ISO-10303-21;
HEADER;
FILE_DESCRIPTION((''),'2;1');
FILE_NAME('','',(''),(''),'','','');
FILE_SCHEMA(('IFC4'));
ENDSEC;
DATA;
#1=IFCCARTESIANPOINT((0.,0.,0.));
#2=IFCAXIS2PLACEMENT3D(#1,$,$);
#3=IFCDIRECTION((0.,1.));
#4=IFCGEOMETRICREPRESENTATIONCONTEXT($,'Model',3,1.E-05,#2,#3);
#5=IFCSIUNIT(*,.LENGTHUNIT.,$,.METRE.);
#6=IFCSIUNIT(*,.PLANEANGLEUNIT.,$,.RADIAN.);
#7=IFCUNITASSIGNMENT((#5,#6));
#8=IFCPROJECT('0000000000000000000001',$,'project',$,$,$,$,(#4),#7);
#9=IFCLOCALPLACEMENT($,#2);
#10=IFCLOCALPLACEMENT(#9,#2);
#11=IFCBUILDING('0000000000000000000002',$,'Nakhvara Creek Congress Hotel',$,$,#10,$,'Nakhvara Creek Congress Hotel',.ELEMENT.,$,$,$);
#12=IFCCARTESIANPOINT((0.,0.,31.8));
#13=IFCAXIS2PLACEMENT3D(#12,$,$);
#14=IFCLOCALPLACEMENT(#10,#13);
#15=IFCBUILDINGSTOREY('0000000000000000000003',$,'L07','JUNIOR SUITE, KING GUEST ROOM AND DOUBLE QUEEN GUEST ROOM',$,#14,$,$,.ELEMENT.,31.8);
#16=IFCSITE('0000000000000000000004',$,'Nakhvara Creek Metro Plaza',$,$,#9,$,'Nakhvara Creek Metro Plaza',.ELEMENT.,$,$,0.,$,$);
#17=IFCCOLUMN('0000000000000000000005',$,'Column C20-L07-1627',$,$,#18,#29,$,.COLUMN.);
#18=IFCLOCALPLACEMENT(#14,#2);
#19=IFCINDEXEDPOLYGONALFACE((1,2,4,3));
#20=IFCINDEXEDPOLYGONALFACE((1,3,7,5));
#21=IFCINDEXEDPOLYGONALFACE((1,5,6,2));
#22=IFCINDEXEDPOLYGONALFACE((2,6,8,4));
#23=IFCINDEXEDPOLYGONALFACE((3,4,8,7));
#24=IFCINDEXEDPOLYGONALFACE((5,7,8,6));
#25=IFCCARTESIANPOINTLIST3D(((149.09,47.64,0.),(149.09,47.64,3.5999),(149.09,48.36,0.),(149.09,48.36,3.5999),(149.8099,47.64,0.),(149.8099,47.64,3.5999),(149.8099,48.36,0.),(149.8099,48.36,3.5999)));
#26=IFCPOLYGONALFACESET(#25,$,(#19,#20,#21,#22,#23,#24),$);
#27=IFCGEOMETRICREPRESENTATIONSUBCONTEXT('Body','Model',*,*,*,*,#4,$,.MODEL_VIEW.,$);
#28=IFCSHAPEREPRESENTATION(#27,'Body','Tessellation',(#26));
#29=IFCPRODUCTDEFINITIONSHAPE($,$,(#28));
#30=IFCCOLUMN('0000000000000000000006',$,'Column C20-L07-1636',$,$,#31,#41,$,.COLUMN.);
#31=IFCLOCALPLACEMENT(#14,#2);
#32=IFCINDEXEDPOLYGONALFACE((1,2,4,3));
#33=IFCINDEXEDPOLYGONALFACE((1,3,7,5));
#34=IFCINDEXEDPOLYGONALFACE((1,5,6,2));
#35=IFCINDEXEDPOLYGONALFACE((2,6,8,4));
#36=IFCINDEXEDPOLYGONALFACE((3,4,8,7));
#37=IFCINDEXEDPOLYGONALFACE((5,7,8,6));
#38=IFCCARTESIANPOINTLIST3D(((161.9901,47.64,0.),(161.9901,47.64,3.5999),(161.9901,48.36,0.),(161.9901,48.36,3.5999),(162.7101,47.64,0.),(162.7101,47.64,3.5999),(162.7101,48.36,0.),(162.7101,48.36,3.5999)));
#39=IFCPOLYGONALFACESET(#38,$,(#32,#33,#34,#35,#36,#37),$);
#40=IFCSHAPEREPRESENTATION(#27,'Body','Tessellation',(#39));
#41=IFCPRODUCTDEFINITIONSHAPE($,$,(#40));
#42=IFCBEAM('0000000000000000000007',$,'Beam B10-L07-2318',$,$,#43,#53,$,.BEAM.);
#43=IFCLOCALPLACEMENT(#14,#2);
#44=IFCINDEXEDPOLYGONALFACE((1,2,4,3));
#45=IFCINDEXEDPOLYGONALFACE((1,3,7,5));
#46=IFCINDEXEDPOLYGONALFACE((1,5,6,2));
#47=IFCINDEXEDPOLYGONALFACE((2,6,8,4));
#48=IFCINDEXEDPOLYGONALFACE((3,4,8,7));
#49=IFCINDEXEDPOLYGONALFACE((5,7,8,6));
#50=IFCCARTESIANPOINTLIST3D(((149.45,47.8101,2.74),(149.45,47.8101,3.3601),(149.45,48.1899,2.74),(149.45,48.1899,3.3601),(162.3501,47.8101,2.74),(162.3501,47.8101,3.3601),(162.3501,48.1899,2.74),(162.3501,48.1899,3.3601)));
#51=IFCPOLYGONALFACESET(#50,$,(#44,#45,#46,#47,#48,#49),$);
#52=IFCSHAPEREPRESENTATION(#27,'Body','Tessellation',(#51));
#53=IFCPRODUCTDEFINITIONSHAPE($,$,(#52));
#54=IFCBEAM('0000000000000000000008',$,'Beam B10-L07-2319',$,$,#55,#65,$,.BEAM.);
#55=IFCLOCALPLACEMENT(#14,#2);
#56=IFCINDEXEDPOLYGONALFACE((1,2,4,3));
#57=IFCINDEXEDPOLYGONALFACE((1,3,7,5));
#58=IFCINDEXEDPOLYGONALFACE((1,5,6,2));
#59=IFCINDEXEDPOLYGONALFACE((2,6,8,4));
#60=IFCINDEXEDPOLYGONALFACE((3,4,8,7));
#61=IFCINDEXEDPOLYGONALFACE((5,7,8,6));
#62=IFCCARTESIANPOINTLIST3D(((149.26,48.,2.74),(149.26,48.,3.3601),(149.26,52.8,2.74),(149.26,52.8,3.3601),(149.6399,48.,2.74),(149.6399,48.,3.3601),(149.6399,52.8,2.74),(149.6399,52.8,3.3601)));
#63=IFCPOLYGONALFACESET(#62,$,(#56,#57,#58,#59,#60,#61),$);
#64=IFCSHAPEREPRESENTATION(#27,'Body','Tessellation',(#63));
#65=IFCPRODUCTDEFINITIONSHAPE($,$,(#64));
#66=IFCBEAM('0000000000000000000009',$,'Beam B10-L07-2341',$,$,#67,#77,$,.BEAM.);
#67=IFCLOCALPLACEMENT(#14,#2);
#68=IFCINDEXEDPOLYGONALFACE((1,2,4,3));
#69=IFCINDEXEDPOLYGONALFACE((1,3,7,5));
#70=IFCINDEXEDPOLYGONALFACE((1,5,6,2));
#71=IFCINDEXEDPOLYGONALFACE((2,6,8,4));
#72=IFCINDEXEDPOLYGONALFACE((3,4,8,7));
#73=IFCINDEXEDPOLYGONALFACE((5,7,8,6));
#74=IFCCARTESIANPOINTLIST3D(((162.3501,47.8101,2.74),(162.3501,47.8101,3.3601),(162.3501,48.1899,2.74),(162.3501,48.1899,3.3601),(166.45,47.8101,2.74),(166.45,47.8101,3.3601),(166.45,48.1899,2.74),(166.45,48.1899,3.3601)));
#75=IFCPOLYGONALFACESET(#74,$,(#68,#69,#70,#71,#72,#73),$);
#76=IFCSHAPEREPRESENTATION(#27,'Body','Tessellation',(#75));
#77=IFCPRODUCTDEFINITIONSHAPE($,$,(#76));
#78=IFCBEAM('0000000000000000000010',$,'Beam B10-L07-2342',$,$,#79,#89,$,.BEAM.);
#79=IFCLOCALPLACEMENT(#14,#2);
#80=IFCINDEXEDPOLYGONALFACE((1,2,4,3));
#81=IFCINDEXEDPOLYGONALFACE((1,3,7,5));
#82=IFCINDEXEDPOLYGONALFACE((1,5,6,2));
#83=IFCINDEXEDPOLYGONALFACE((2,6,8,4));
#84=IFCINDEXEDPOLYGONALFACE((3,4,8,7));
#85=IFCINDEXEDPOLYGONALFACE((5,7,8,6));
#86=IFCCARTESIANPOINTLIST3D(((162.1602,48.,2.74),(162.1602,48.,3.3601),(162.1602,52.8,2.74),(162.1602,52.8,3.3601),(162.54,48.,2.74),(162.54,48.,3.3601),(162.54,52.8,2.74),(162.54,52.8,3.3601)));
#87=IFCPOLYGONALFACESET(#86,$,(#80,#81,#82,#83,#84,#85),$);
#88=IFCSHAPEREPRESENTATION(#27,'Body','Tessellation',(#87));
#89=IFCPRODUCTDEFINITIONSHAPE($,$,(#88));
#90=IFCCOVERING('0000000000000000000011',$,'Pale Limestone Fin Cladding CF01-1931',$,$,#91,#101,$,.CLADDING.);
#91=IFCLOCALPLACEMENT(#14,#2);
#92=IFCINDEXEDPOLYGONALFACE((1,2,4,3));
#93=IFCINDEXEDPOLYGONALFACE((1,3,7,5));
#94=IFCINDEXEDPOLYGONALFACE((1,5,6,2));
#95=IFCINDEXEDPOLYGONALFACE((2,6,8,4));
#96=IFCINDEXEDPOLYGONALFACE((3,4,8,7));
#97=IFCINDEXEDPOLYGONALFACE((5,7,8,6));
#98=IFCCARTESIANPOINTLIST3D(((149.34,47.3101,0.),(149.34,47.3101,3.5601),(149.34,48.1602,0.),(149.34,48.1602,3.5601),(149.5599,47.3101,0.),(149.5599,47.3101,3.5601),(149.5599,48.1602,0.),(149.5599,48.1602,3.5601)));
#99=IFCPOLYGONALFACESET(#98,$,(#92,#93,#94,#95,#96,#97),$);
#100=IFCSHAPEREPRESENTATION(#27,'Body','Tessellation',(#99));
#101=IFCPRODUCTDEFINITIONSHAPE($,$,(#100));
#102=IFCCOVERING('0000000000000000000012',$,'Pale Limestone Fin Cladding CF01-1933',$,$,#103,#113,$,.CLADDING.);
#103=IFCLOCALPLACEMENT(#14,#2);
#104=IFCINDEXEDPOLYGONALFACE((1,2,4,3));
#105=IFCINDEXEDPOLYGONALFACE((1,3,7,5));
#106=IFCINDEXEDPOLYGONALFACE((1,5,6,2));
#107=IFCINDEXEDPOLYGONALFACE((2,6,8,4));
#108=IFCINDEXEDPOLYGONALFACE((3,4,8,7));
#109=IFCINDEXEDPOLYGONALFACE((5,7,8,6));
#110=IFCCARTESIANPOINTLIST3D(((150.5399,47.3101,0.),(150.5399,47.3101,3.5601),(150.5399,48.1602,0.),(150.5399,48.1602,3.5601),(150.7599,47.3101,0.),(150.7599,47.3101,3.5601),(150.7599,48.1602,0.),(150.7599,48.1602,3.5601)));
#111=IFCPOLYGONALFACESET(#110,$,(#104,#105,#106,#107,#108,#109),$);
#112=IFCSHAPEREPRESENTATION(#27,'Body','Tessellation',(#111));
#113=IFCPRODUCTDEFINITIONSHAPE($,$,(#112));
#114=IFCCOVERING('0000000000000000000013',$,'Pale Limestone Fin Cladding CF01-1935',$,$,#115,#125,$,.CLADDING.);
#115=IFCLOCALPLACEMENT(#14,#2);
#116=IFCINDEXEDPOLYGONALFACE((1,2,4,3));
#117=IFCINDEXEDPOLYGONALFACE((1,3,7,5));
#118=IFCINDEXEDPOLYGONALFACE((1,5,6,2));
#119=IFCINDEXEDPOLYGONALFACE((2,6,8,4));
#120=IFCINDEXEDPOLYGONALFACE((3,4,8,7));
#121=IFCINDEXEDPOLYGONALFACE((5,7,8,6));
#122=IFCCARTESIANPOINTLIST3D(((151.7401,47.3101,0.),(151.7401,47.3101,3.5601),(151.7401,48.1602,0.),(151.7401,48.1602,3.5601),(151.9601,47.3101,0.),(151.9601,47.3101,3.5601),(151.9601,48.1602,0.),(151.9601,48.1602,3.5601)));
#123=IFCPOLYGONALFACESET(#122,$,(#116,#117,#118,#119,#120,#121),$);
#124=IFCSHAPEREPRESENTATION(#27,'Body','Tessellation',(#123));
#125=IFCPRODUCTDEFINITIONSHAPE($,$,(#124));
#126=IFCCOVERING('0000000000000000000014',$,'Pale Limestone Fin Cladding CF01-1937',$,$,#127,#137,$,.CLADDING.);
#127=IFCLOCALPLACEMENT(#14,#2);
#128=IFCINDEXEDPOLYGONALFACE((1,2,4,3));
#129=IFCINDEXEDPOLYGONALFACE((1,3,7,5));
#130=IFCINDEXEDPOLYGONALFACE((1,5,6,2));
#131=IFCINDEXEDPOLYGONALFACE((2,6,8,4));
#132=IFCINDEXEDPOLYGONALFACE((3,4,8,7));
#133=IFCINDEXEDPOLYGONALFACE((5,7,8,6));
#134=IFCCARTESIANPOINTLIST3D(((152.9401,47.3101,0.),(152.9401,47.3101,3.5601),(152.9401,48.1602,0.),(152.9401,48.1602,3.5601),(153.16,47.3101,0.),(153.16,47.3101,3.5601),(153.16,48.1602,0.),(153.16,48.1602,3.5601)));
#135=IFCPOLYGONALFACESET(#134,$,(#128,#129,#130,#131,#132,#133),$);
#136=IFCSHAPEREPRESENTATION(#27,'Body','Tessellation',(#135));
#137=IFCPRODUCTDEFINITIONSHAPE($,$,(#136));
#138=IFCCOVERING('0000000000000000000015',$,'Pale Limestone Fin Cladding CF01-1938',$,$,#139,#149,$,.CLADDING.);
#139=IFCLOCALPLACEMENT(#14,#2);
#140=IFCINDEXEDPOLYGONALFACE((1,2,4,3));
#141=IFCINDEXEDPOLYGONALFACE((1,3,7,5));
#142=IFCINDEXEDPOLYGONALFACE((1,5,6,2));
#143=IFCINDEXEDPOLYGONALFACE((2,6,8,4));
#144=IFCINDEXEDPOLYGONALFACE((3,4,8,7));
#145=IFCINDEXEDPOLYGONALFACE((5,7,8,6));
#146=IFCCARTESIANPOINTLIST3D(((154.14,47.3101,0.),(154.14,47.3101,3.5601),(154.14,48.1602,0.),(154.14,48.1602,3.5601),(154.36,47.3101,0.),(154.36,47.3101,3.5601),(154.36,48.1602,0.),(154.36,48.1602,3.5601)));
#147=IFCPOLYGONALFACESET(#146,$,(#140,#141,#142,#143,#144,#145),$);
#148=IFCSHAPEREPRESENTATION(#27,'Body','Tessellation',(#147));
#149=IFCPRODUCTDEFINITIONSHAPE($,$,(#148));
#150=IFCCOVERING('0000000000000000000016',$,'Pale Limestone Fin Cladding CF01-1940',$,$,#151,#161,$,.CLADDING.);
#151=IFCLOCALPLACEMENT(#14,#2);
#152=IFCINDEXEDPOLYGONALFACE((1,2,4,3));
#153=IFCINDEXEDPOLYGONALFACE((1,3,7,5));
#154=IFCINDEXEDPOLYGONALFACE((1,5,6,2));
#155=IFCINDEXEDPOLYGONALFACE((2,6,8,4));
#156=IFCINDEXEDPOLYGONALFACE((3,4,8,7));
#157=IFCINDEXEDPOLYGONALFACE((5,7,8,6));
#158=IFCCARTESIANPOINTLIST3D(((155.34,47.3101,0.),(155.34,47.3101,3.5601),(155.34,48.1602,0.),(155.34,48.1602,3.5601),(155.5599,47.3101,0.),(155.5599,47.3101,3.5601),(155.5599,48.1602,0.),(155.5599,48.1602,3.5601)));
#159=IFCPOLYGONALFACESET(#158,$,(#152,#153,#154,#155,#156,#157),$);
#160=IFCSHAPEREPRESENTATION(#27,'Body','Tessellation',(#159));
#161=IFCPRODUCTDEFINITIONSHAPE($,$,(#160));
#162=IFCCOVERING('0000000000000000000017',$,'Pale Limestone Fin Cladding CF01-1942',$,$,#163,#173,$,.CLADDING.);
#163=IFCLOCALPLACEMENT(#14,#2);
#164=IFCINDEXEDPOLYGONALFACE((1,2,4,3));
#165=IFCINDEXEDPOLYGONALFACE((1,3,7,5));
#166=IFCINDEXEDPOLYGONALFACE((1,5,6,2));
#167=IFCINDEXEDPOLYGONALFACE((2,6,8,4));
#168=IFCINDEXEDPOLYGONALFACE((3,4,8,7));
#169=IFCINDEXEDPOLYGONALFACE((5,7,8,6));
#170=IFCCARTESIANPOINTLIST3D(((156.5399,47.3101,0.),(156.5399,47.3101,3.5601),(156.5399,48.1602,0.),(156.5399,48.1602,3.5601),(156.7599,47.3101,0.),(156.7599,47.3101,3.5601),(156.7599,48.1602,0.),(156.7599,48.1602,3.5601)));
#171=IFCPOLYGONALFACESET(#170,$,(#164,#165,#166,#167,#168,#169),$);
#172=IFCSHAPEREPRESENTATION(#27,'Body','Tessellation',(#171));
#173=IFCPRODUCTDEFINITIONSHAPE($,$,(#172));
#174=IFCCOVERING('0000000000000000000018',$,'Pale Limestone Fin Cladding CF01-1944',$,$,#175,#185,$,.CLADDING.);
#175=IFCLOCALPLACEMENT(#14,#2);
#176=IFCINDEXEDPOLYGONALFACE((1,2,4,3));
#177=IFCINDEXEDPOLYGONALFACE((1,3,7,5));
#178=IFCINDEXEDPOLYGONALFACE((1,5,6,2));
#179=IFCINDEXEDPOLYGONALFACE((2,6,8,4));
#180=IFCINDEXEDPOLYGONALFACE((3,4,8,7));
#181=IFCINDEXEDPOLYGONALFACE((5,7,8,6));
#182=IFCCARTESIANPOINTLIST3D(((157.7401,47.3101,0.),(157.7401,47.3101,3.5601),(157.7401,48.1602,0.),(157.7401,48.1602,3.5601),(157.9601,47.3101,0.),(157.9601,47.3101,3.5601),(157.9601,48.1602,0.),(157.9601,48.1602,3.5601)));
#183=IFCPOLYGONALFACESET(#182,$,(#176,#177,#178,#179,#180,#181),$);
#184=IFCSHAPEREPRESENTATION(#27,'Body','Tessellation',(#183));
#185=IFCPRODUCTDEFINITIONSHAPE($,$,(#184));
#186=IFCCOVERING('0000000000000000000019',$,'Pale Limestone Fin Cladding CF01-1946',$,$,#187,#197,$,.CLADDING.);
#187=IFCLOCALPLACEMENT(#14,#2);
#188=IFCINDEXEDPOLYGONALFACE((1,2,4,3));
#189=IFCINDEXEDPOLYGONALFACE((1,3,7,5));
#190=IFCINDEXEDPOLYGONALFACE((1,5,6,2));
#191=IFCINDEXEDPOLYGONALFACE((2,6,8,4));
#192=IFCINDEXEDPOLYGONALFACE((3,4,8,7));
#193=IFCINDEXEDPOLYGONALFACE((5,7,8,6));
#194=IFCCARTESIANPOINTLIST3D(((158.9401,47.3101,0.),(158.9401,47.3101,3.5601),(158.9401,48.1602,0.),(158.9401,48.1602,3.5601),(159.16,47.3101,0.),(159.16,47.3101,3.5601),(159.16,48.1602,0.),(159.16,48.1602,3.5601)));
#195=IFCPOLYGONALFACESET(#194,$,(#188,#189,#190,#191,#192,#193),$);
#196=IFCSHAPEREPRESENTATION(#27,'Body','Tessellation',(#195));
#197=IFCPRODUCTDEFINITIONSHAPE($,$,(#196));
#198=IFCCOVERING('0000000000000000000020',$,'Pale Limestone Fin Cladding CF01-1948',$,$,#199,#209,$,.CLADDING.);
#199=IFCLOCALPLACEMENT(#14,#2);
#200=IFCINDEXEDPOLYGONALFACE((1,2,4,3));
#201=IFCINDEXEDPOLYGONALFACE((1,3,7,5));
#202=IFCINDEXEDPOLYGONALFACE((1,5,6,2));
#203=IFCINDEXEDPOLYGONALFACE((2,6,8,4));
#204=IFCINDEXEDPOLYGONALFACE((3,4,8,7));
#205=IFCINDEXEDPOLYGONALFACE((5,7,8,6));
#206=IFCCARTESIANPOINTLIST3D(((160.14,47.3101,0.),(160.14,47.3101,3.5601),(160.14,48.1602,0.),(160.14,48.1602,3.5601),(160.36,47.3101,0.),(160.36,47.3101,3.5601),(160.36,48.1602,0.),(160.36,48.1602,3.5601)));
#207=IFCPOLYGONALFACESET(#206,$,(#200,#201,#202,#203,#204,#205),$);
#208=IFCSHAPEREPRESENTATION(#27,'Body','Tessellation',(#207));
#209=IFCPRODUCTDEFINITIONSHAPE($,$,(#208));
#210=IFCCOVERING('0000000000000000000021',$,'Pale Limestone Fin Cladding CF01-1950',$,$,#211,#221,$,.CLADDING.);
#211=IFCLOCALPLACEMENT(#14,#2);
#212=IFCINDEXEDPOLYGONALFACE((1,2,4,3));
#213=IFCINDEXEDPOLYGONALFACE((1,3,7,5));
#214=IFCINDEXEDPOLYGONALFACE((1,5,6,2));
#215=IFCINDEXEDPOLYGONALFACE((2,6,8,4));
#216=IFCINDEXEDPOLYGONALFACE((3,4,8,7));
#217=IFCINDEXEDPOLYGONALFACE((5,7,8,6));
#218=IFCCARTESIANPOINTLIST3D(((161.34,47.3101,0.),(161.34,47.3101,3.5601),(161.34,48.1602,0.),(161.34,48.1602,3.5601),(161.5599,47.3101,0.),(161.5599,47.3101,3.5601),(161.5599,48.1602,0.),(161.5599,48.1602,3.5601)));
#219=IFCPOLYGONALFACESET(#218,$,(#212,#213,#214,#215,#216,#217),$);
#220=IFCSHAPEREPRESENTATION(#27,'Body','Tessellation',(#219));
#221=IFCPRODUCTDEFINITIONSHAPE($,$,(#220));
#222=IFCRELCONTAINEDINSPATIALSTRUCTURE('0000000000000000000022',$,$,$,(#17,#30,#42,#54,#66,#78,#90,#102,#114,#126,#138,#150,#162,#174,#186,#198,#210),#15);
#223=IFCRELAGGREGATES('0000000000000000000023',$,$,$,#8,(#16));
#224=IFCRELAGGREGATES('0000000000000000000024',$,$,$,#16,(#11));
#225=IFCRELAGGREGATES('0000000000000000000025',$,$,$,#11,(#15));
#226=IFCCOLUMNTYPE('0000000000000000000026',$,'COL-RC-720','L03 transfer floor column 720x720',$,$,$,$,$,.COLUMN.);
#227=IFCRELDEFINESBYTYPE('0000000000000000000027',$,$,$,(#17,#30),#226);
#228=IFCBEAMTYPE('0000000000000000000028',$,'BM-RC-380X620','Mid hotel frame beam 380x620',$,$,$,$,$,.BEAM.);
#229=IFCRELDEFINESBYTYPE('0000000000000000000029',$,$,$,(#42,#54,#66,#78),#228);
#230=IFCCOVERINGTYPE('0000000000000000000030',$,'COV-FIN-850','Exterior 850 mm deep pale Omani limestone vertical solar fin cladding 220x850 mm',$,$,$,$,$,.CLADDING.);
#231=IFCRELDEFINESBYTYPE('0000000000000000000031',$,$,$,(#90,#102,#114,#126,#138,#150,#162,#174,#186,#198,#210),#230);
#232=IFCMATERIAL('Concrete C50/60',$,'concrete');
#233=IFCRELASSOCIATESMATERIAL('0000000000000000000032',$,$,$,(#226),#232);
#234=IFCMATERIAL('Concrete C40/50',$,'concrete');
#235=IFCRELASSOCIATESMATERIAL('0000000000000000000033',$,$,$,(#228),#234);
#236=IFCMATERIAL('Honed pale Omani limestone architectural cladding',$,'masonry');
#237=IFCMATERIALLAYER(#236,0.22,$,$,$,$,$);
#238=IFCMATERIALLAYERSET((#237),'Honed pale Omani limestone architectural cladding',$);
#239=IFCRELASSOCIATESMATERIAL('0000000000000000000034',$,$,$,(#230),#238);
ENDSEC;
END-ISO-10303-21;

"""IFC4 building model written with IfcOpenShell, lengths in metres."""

from ifc_helpers import new_model, si_unit, direction, frame, origin, origin_2d, place, context, subcontext, project, spatial, rectangle, extrude, material, layer, layer_set, material_profile, profile_set, type_object, element, save


model = new_model("IFC4")

# Units and contexts
model_context = context("Model", 3, precision=1e-05, world=origin(), true_north=direction((0.0, 1.0)))
body_context = subcontext(model_context, "Body", "Model", "MODEL_VIEW")
ifc_project = project(units=[si_unit("LENGTHUNIT", "METRE"), si_unit("PLANEANGLEUNIT", "RADIAN")], contexts=[model_context])

# Site, building, storey
site_placement = place(None, origin())
site = spatial("IfcSite", under=ifc_project, at=site_placement, Name="Nakhvara Creek Metro Plaza", LongName="Nakhvara Creek Metro Plaza", CompositionType="ELEMENT", RefElevation=0.0)
building_placement = place(site_placement, origin())
building = spatial("IfcBuilding", under=site, at=building_placement, Name="Nakhvara Creek Congress Hotel", LongName="Nakhvara Creek Congress Hotel", CompositionType="ELEMENT")
storey_placement = place(building_placement, frame((0.0, 0.0, 31.8)))
storey = spatial("IfcBuildingStorey", under=building, at=storey_placement, Name="L07", Description="JUNIOR SUITE, KING GUEST ROOM AND DOUBLE QUEEN GUEST ROOM", CompositionType="ELEMENT", Elevation=31.8)

# Columns
ifc_material_1 = material(Name="Concrete C50/60", Category="concrete")
ifc_material_profile_1 = material_profile(ifc_material_1, rectangle(XDim=0.72, YDim=0.72, at=origin_2d()), Name="RC-COL 720x720", Category="LoadBearing")
ifc_profile_set_1 = profile_set([ifc_material_profile_1], Name="Concrete C50/60")
column_type = type_object("IfcColumnType", Name="COL-RC-720", Description="L03 transfer floor column 720x720", PredefinedType="COLUMN", material=ifc_profile_set_1)
for number, where, z_axis, x_axis, name in (
    (1, (149.45, 48.0, 0.0), (0.0, 0.0, 1.0), (1.0, 0.0, 0.0), "Column C20-L07-1627"),
    (2, (162.3501, 48.0, 0.0), (0.0, 0.0, 1.0), (1.0, 0.0, 0.0), "Column C20-L07-1636"),
):
    element("IfcColumn", number, at=place(storey_placement, frame(where, z_axis=z_axis, x_axis=x_axis)), inside=storey, type_object=column_type, Name=name, PredefinedType="COLUMN", context=body_context, shape_type="SweptSolid", body=[
        extrude(rectangle(XDim=0.72, YDim=0.72, at=origin_2d()), origin(), (0.0, 0.0, 1.0), 3.5999),
    ])

# Beams
ifc_material_2 = material(Name="Concrete C40/50", Category="concrete")
ifc_material_profile_2 = material_profile(ifc_material_2, rectangle(XDim=0.3799, YDim=0.6201, at=origin_2d()), Name="RC-BM 380x620", Category="LoadBearing")
ifc_profile_set_2 = profile_set([ifc_material_profile_2], Name="Concrete C40/50")
beam_type = type_object("IfcBeamType", Name="BM-RC-380X620", Description="Mid hotel frame beam 380x620", PredefinedType="BEAM", material=ifc_profile_set_2)
beam_1_placement = place(storey_placement, frame((149.45, 48.0, 3.05), z_axis=(1.0, 0.0, 0.0), x_axis=(0.0, 1.0, 0.0)))
element("IfcBeam", 3, at=beam_1_placement, inside=storey, type_object=beam_type, Name="Beam B10-L07-2318", PredefinedType="BEAM", context=body_context, shape_type="SweptSolid", body=[
    extrude(rectangle(XDim=0.3799, YDim=0.6201, at=origin_2d()), origin(), (0.0, 0.0, 1.0), 12.9001),
])
beam_2_placement = place(storey_placement, frame((149.45, 48.0, 3.05), z_axis=(0.0, 1.0, 0.0), x_axis=(-1.0, 0.0, 0.0)))
element("IfcBeam", 4, at=beam_2_placement, inside=storey, type_object=beam_type, Name="Beam B10-L07-2319", PredefinedType="BEAM", context=body_context, shape_type="SweptSolid", body=[
    extrude(rectangle(XDim=0.3799, YDim=0.6201, at=origin_2d()), origin(), (0.0, 0.0, 1.0), 4.8),
])
beam_3_placement = place(storey_placement, frame((162.3501, 48.0, 3.05), z_axis=(1.0, 0.0, 0.0), x_axis=(0.0, 1.0, 0.0)))
element("IfcBeam", 5, at=beam_3_placement, inside=storey, type_object=beam_type, Name="Beam B10-L07-2341", PredefinedType="BEAM", context=body_context, shape_type="SweptSolid", body=[
    extrude(rectangle(XDim=0.3799, YDim=0.6201, at=origin_2d()), origin(), (0.0, 0.0, 1.0), 4.0999),
])
beam_4_placement = place(storey_placement, frame((162.3501, 48.0, 3.05), z_axis=(0.0, 1.0, 0.0), x_axis=(-1.0, 0.0, 0.0)))
element("IfcBeam", 6, at=beam_4_placement, inside=storey, type_object=beam_type, Name="Beam B10-L07-2342", PredefinedType="BEAM", context=body_context, shape_type="SweptSolid", body=[
    extrude(rectangle(XDim=0.3799, YDim=0.6201, at=origin_2d()), origin(), (0.0, 0.0, 1.0), 4.8),
])

# Coverings
ifc_material_3 = material(Name="Honed pale Omani limestone architectural cladding", Category="masonry")
ifc_layer = layer(ifc_material_3, 0.22)
ifc_layer_set = layer_set([ifc_layer], Name="Honed pale Omani limestone architectural cladding")
covering_type = type_object("IfcCoveringType", Name="COV-FIN-850", Description="Exterior 850 mm deep pale Omani limestone vertical solar fin cladding 220x850 mm", PredefinedType="CLADDING", material=ifc_layer_set)
for number, where, z_axis, x_axis, name in (
    (7, (149.45, 47.7351, 0.0), (0.0, 0.0, 1.0), (1.0, 0.0, 0.0), "Pale Limestone Fin Cladding CF01-1931"),
    (8, (150.6499, 47.7351, 0.0), (0.0, 0.0, 1.0), (1.0, 0.0, 0.0), "Pale Limestone Fin Cladding CF01-1933"),
    (9, (151.8501, 47.7351, 0.0), (0.0, 0.0, 1.0), (1.0, 0.0, 0.0), "Pale Limestone Fin Cladding CF01-1935"),
    (10, (153.05, 47.7351, 0.0), (0.0, 0.0, 1.0), (1.0, 0.0, 0.0), "Pale Limestone Fin Cladding CF01-1937"),
    (11, (154.25, 47.7351, 0.0), (0.0, 0.0, 1.0), (1.0, 0.0, 0.0), "Pale Limestone Fin Cladding CF01-1938"),
    (12, (155.45, 47.7351, 0.0), (0.0, 0.0, 1.0), (1.0, 0.0, 0.0), "Pale Limestone Fin Cladding CF01-1940"),
    (13, (156.6499, 47.7351, 0.0), (0.0, 0.0, 1.0), (1.0, 0.0, 0.0), "Pale Limestone Fin Cladding CF01-1942"),
    (14, (157.8501, 47.7351, 0.0), (0.0, 0.0, 1.0), (1.0, 0.0, 0.0), "Pale Limestone Fin Cladding CF01-1944"),
    (15, (159.05, 47.7351, 0.0), (0.0, 0.0, 1.0), (1.0, 0.0, 0.0), "Pale Limestone Fin Cladding CF01-1946"),
    (16, (160.25, 47.7351, 0.0), (0.0, 0.0, 1.0), (1.0, 0.0, 0.0), "Pale Limestone Fin Cladding CF01-1948"),
    (17, (161.45, 47.7351, 0.0), (0.0, 0.0, 1.0), (1.0, 0.0, 0.0), "Pale Limestone Fin Cladding CF01-1950"),
):
    element("IfcCovering", number, at=place(storey_placement, frame(where, z_axis=z_axis, x_axis=x_axis)), inside=storey, type_object=covering_type, Name=name, PredefinedType="CLADDING", context=body_context, shape_type="SweptSolid", body=[
        extrude(rectangle(XDim=0.22, YDim=0.8501, at=origin_2d()), origin(), (0.0, 0.0, 1.0), 3.5601),
    ])

save(model, "model.ifc")
